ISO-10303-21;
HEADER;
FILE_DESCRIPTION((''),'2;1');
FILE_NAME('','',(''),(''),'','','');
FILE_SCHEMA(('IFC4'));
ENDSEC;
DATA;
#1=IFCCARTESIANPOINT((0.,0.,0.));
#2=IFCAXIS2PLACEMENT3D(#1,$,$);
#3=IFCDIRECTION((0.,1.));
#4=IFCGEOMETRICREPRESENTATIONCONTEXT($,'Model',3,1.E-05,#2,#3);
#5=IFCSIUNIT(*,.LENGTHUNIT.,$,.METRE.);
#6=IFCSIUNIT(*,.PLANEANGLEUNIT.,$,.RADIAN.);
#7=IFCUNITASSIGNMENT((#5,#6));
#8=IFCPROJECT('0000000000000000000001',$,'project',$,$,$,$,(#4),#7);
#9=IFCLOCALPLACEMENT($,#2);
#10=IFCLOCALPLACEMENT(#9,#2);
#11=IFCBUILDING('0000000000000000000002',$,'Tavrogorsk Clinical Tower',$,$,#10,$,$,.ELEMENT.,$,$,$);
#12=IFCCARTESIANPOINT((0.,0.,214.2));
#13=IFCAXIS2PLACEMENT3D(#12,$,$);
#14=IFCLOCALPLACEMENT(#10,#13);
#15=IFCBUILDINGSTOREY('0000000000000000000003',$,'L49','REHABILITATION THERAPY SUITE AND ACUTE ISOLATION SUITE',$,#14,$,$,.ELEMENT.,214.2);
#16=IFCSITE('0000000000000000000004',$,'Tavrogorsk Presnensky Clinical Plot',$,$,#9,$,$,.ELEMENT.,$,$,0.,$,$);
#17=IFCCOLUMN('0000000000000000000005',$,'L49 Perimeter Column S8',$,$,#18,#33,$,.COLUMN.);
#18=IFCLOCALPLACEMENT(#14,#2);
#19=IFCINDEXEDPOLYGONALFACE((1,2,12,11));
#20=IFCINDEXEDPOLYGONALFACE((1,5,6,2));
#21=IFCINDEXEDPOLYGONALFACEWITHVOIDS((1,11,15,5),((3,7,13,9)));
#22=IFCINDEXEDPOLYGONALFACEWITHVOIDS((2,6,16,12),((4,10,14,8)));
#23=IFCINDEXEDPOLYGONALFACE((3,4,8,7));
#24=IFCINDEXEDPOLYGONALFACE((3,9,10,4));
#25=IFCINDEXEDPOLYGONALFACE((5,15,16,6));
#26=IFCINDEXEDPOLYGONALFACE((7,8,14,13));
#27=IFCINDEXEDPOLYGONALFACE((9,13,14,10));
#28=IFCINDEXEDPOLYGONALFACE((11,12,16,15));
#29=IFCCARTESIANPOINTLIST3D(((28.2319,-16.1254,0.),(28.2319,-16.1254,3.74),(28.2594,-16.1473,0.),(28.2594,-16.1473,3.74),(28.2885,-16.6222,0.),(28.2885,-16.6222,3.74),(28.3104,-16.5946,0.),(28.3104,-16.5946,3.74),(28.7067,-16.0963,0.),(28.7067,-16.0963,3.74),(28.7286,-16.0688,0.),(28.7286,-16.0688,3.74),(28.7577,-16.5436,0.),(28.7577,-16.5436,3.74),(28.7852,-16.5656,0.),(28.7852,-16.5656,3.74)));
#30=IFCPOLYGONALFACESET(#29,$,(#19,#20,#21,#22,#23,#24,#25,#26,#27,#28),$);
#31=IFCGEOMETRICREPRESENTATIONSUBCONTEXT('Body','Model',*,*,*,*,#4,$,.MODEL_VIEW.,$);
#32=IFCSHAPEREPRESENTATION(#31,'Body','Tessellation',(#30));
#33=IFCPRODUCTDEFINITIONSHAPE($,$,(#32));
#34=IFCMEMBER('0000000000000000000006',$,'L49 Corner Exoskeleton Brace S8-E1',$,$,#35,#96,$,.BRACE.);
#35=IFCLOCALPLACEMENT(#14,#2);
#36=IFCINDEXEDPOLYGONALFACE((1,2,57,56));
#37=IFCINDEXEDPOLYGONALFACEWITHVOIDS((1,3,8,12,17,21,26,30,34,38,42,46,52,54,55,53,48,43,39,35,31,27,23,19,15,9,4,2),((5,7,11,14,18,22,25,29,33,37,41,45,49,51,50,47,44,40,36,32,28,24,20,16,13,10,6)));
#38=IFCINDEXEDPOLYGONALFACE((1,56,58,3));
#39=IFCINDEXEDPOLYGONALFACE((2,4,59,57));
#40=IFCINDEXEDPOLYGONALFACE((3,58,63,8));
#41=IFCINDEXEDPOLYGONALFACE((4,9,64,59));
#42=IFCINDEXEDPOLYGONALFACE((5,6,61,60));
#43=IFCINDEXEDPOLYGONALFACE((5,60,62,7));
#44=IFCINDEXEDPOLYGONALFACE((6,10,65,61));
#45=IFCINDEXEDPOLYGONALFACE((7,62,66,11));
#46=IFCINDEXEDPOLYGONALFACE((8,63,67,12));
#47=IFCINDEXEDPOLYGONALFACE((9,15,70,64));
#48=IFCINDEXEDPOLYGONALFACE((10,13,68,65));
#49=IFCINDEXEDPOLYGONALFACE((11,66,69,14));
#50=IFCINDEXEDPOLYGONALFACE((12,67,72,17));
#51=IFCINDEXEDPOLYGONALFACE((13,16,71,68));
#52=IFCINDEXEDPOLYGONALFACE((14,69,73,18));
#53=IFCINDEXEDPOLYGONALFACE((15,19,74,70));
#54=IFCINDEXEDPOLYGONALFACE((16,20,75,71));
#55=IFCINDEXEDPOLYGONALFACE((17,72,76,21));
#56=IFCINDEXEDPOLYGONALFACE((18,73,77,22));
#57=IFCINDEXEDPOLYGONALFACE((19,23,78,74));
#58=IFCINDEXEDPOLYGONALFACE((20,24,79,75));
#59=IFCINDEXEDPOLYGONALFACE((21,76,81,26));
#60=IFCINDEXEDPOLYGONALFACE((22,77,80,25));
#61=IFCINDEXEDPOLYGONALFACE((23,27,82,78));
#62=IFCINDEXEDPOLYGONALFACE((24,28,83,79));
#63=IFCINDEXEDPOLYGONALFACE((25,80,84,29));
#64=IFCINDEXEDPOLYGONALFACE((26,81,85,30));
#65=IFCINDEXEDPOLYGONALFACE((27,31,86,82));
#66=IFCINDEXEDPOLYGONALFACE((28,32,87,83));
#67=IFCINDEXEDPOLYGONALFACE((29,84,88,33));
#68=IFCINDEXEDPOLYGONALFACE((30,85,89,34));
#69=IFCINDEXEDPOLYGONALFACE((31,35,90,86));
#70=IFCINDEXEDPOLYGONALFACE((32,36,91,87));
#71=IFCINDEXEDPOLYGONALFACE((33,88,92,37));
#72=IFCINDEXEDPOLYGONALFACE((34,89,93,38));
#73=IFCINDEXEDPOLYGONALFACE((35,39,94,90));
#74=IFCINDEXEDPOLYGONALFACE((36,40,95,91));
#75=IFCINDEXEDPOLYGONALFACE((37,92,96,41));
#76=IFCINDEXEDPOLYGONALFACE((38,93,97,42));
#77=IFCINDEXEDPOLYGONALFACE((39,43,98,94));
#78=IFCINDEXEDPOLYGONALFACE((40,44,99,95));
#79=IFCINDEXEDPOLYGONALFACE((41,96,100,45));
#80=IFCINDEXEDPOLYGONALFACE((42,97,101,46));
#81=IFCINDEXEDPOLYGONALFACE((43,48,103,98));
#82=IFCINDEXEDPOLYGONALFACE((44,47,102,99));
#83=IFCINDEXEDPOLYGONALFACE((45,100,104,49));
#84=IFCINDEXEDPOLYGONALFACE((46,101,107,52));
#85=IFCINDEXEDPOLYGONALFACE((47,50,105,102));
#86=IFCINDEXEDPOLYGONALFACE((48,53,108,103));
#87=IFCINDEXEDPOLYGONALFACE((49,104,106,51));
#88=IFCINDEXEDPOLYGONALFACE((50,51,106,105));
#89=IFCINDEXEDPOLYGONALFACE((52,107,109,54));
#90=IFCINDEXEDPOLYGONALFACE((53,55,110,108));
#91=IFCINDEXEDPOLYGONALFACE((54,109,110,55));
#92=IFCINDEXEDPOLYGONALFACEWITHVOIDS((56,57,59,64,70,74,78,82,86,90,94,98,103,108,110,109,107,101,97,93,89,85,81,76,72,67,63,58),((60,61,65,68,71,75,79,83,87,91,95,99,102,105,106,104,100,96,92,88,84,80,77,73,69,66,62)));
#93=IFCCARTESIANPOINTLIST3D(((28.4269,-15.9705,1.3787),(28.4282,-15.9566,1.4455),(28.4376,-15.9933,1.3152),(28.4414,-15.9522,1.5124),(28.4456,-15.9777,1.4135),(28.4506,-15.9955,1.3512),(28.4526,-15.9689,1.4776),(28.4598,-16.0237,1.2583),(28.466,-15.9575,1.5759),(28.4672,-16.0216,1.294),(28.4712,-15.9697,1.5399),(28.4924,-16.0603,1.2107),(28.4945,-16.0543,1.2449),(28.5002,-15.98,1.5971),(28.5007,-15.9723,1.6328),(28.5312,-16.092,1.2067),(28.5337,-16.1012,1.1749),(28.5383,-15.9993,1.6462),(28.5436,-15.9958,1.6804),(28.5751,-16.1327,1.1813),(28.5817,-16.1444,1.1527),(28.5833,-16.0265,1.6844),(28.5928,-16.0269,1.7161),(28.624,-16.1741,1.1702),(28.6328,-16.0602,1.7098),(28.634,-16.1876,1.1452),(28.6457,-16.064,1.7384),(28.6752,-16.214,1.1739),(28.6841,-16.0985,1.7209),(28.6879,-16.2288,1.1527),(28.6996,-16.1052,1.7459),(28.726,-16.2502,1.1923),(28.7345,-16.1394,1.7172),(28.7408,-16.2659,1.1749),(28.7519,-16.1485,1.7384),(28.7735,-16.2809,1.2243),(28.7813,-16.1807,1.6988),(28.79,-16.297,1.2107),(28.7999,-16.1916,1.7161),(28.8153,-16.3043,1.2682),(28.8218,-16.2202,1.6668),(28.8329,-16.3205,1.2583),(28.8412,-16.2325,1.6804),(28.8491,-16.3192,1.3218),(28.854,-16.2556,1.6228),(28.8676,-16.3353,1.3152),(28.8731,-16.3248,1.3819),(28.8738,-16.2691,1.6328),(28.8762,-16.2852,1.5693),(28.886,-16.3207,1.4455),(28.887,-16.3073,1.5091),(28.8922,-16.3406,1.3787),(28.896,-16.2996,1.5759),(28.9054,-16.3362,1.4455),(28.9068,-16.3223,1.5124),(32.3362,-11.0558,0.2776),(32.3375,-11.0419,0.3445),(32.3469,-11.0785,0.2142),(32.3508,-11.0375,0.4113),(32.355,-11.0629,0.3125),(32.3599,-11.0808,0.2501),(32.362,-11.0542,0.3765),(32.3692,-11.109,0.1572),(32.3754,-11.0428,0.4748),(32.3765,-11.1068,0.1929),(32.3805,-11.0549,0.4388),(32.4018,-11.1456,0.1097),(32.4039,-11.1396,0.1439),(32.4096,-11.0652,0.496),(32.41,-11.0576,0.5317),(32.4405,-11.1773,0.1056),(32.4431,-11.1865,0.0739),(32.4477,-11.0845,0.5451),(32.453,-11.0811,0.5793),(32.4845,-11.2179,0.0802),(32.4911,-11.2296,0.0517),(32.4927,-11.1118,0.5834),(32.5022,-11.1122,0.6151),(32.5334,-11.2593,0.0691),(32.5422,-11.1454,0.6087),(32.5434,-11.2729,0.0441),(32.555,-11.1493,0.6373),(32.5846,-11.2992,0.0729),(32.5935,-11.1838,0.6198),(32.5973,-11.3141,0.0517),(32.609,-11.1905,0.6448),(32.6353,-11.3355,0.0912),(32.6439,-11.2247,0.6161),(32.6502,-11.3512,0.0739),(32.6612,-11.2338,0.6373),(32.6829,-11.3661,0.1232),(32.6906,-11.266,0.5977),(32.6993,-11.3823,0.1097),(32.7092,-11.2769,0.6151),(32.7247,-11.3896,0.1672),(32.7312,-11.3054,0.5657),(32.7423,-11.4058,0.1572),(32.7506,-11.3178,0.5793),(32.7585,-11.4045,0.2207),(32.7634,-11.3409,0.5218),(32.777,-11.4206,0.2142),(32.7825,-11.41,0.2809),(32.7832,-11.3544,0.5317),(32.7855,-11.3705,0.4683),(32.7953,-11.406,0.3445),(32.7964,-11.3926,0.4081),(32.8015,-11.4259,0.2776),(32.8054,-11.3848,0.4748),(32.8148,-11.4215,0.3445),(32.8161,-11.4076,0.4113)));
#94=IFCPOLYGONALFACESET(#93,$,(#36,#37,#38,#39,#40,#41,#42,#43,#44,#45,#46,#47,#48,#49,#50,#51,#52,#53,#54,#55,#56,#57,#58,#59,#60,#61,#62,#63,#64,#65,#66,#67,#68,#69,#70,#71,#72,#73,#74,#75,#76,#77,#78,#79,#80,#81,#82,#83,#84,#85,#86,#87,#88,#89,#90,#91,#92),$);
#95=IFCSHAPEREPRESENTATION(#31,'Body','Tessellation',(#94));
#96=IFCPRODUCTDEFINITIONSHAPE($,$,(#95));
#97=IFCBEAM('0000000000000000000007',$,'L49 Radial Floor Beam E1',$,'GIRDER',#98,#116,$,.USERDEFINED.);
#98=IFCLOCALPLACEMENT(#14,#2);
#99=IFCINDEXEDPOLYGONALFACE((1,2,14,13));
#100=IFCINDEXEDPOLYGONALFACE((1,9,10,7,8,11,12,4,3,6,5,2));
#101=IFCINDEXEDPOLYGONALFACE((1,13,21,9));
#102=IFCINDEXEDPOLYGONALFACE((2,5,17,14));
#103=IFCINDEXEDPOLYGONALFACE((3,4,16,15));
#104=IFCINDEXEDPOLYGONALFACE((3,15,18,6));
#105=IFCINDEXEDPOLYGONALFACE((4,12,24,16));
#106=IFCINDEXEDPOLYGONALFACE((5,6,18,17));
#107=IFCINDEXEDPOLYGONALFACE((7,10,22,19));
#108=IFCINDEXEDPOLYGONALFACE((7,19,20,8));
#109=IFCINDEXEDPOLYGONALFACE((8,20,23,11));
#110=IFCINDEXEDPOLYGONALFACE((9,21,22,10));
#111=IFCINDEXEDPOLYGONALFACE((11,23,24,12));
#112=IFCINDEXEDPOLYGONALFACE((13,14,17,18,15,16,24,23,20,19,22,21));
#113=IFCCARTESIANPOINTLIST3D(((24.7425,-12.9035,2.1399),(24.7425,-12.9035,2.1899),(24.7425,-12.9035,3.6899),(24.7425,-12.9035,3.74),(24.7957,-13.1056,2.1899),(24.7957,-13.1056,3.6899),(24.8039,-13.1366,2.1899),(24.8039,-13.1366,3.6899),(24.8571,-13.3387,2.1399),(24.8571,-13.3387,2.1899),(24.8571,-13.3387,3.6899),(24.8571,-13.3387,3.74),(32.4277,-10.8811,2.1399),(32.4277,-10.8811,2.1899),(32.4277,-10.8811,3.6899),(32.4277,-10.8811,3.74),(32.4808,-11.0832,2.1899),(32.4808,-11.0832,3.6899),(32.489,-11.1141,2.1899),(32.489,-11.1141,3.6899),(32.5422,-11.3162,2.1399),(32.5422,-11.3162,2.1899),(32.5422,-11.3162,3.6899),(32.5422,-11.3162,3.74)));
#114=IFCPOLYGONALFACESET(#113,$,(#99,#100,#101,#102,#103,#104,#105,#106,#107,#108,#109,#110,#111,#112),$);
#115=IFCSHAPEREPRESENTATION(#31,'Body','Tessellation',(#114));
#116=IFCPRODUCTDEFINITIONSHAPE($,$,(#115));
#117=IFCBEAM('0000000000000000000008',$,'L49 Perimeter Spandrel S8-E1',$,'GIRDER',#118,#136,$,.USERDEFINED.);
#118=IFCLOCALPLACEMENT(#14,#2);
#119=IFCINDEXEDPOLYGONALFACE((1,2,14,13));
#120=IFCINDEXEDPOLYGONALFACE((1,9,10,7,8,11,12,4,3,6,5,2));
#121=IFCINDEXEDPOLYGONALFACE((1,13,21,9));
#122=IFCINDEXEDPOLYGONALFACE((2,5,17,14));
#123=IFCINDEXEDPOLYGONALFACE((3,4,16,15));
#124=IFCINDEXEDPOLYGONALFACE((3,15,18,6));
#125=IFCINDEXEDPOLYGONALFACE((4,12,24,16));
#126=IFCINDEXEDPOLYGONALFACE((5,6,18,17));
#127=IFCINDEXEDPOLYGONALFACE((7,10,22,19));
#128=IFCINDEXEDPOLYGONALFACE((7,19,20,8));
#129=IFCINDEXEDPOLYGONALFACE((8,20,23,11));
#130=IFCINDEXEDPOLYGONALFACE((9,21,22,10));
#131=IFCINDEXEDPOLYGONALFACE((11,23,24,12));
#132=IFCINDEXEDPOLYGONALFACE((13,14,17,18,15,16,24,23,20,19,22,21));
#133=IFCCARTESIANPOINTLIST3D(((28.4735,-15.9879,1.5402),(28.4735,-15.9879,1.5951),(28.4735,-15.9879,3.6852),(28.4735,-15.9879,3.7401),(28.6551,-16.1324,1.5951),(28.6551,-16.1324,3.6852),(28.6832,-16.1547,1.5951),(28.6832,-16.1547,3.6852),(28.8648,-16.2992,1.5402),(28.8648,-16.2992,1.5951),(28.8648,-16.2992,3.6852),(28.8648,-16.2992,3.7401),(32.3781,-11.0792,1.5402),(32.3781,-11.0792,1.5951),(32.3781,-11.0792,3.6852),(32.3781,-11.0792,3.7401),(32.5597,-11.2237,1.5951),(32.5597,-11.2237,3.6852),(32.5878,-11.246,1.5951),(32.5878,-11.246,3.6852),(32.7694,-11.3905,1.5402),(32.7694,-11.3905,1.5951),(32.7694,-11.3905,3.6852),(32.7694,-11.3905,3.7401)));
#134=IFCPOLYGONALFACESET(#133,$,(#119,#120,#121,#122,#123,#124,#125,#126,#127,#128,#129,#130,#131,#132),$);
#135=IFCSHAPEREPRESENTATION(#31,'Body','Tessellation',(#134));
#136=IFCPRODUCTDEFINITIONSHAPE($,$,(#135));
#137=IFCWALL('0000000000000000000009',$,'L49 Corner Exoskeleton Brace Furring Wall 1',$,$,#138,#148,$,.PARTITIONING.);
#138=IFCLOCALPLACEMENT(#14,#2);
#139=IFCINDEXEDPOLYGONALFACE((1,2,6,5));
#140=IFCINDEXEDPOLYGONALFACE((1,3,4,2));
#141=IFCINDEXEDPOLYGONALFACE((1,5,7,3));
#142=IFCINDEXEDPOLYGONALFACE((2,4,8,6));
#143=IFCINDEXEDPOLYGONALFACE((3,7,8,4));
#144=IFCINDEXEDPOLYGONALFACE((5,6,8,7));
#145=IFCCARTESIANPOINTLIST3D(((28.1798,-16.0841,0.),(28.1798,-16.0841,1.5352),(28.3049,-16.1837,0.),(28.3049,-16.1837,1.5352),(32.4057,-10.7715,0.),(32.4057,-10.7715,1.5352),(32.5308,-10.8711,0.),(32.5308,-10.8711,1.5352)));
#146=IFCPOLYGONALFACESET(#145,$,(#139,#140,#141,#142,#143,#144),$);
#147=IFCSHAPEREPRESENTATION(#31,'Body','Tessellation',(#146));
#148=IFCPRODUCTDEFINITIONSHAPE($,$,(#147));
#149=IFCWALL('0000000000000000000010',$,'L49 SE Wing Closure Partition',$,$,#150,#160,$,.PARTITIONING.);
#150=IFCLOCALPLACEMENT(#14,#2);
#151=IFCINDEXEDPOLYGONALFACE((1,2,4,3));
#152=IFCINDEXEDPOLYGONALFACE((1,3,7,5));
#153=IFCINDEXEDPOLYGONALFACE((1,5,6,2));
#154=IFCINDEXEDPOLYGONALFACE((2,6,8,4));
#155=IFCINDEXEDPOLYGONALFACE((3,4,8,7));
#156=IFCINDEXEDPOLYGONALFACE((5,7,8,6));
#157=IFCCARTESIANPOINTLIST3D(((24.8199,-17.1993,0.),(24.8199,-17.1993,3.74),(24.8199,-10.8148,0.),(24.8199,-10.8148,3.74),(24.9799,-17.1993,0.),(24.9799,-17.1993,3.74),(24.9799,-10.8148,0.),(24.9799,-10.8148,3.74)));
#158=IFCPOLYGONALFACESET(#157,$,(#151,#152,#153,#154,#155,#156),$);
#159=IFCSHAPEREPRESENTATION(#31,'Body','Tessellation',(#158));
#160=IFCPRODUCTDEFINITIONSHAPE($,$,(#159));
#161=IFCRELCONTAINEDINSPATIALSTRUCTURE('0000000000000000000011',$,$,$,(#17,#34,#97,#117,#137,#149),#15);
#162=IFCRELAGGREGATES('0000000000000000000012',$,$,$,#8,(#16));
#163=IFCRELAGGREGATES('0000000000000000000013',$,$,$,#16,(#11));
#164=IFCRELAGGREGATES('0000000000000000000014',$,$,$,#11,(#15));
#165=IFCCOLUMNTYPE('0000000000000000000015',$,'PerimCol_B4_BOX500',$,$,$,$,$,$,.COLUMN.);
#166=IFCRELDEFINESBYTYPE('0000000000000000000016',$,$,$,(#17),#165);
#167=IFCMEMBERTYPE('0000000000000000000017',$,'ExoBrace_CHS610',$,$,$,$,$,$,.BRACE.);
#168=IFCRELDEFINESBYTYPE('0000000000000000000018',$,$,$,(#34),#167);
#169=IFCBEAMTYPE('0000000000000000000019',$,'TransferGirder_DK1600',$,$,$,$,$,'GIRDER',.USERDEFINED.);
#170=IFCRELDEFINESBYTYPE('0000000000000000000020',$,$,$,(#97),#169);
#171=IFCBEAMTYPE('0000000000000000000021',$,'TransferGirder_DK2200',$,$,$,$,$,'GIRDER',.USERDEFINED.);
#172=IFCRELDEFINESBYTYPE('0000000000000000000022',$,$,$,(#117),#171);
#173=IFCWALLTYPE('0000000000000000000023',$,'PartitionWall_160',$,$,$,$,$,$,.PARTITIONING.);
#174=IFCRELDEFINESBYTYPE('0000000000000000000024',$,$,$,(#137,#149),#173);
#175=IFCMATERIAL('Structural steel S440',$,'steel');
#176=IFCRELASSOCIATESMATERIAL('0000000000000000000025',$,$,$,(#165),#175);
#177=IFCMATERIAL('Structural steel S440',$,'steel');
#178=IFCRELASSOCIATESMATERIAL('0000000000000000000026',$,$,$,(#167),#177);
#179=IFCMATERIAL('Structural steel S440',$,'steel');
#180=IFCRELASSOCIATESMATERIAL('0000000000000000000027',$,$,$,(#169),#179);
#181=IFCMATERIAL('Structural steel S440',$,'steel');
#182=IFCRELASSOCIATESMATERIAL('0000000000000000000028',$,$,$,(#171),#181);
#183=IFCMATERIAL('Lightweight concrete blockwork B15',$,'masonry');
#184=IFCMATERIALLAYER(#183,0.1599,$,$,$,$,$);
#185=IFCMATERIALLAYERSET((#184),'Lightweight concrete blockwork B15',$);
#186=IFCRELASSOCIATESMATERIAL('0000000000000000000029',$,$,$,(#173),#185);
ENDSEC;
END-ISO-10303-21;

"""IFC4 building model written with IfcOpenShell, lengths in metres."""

from ifc_helpers import new_model, si_unit, direction, frame, frame_2d, origin, origin_2d, place, context, subcontext, project, spatial, rectangle, hollow_rectangle, hollow_circle, i_section, extrude, material, layer, layer_set, material_profile, profile_set, type_object, element, save


model = new_model("IFC4")

# Units and contexts
model_context = context("Model", 3, precision=1e-05, world=origin(), true_north=direction((0.0, 1.0)))
body_context = subcontext(model_context, "Body", "Model", "MODEL_VIEW")
ifc_project = project(units=[si_unit("LENGTHUNIT", "METRE"), si_unit("PLANEANGLEUNIT", "RADIAN")], contexts=[model_context])

# Site, building, storey
site_placement = place(None, origin())
site = spatial("IfcSite", under=ifc_project, at=site_placement, Name="Tavrogorsk Presnensky Clinical Plot", CompositionType="ELEMENT", RefElevation=0.0)
building_placement = place(site_placement, origin())
building = spatial("IfcBuilding", under=site, at=building_placement, Name="Tavrogorsk Clinical Tower", CompositionType="ELEMENT")
storey_placement = place(building_placement, frame((0.0, 0.0, 214.2)))
storey = spatial("IfcBuildingStorey", under=building, at=storey_placement, Name="L49", Description="REHABILITATION THERAPY SUITE AND ACUTE ISOLATION SUITE", CompositionType="ELEMENT", Elevation=214.2)

# Column
ifc_material_1 = material(Name="Structural steel S440", Category="steel")
ifc_material_profile_1 = material_profile(ifc_material_1, hollow_rectangle(XDim=0.5, YDim=0.5, WallThickness=0.0249, at=origin_2d()), Name="BOX-500x500x25")
ifc_profile_set_1 = profile_set([ifc_material_profile_1], Name="Structural steel S440")
column_type = type_object("IfcColumnType", Name="PerimCol_B4_BOX500", PredefinedType="COLUMN", material=ifc_profile_set_1)
column_placement = place(storey_placement, frame((28.5085, -16.3455, 0.0), z_axis=(0.0, 0.0, 1.0), x_axis=(0.993572, 0.113203, 0.0)))
element("IfcColumn", 1, at=column_placement, inside=storey, type_object=column_type, Name="L49 Perimeter Column S8", PredefinedType="COLUMN", context=body_context, shape_type="SweptSolid", body=[
    extrude(hollow_rectangle(XDim=0.5, YDim=0.5, WallThickness=0.0249, at=origin_2d()), origin(), (0.0, 0.0, 1.0), 3.74),
])

# Member
ifc_material_2 = material(Name="Structural steel S440", Category="steel")
ifc_material_profile_2 = material_profile(ifc_material_2, hollow_circle(Radius=0.3049, WallThickness=0.0249, at=origin_2d()), Name="CHS-610x25")
ifc_profile_set_2 = profile_set([ifc_material_profile_2], Name="Structural steel S440")
member_type = type_object("IfcMemberType", Name="ExoBrace_CHS610", PredefinedType="BRACE", material=ifc_profile_set_2)
member_placement = place(storey_placement, frame((32.5762, -11.2317, 0.3445), z_axis=(-0.613163, -0.770848, 0.172695), x_axis=(0.782607, -0.622517, 0.0)))
element("IfcMember", 2, at=member_placement, inside=storey, type_object=member_type, Name="L49 Corner Exoskeleton Brace S8-E1", PredefinedType="BRACE", context=body_context, shape_type="SweptSolid", body=[
    extrude(hollow_circle(Radius=0.3049, WallThickness=0.0249, at=origin_2d()), origin(), (0.0, 0.0, 1.0), 6.3757),
])

# Beams
ifc_material_3 = material(Name="Structural steel S440", Category="steel")
ifc_material_profile_3 = material_profile(ifc_material_3, i_section(OverallWidth=0.45, OverallDepth=1.6001, WebThickness=0.032, FlangeThickness=0.05, at=origin_2d()), Name="DK-1600x450x32x50")
ifc_profile_set_3 = profile_set([ifc_material_profile_3], Name="Structural steel S440")
beam_type_1 = type_object("IfcBeamType", Name="TransferGirder_DK1600", ElementType="GIRDER", PredefinedType="USERDEFINED", material=ifc_profile_set_3)
beam_1_placement = place(storey_placement, frame((24.7998, -13.1211, 2.9399), z_axis=(0.967072, 0.254502, 0.0), x_axis=(-0.254502, 0.967072, 0.0)))
element("IfcBeam", 3, at=beam_1_placement, inside=storey, type_object=beam_type_1, Name="L49 Radial Floor Beam E1", ObjectType="GIRDER", PredefinedType="USERDEFINED", context=body_context, shape_type="SweptSolid", body=[
    extrude(i_section(OverallWidth=0.45, OverallDepth=1.6001, WebThickness=0.032, FlangeThickness=0.05, at=origin_2d()), origin(), (0.0, 0.0, 1.0), 7.9468),
])
ifc_material_4 = material(Name="Structural steel S440", Category="steel")
ifc_material_profile_4 = material_profile(ifc_material_4, i_section(OverallWidth=0.5, OverallDepth=2.2, WebThickness=0.0359, FlangeThickness=0.0549, at=origin_2d()), Name="DK-2200x500x36x55")
ifc_profile_set_4 = profile_set([ifc_material_profile_4], Name="Structural steel S440")
beam_type_2 = type_object("IfcBeamType", Name="TransferGirder_DK2200", ElementType="GIRDER", PredefinedType="USERDEFINED", material=ifc_profile_set_4)
beam_2_placement = place(storey_placement, frame((28.6692, -16.1436, 2.6401), z_axis=(0.622514, 0.782609, 0.0), x_axis=(-0.782609, 0.622514, 0.0)))
element("IfcBeam", 4, at=beam_2_placement, inside=storey, type_object=beam_type_2, Name="L49 Perimeter Spandrel S8-E1", ObjectType="GIRDER", PredefinedType="USERDEFINED", context=body_context, shape_type="SweptSolid", body=[
    extrude(i_section(OverallWidth=0.5, OverallDepth=2.2, WebThickness=0.0359, FlangeThickness=0.0549, at=origin_2d()), origin(), (0.0, 0.0, 1.0), 6.2722),
])

# Walls
ifc_material_5 = material(Name="Lightweight concrete blockwork B15", Category="masonry")
ifc_layer_1 = layer(ifc_material_5, 0.1599)
ifc_layer_set_1 = layer_set([ifc_layer_1], Name="Lightweight concrete blockwork B15")
wall_type_1 = type_object("IfcWallType", Name="PartitionWall_160", PredefinedType="PARTITIONING", material=ifc_layer_set_1)
wall_1_placement = place(storey_placement, frame((28.2424, -16.1338, 0.0), z_axis=(0.0, 0.0, 1.0), x_axis=(0.622522, 0.782603, 0.0)))
element("IfcWall", 5, at=wall_1_placement, inside=storey, type_object=wall_type_1, Name="L49 Corner Exoskeleton Brace Furring Wall 1", PredefinedType="PARTITIONING", context=body_context, shape_type="SweptSolid", body=[
    extrude(rectangle(XDim=6.7883, YDim=0.1599, at=frame_2d((3.394, 0.0))), origin(), (0.0, 0.0, 1.0), 1.5352),
])
wall_2_placement = place(storey_placement, frame((24.8999, -17.1995, 0.0), z_axis=(0.0, 0.0, 1.0), x_axis=(0.0, 1.0, 0.0)))
element("IfcWall", 6, at=wall_2_placement, inside=storey, type_object=wall_type_1, Name="L49 SE Wing Closure Partition", PredefinedType="PARTITIONING", context=body_context, shape_type="SweptSolid", body=[
    extrude(rectangle(XDim=6.3845, YDim=0.1599, at=frame_2d((3.1924, 0.0))), origin(), (0.0, 0.0, 1.0), 3.74),
])

save(model, "model.ifc")
